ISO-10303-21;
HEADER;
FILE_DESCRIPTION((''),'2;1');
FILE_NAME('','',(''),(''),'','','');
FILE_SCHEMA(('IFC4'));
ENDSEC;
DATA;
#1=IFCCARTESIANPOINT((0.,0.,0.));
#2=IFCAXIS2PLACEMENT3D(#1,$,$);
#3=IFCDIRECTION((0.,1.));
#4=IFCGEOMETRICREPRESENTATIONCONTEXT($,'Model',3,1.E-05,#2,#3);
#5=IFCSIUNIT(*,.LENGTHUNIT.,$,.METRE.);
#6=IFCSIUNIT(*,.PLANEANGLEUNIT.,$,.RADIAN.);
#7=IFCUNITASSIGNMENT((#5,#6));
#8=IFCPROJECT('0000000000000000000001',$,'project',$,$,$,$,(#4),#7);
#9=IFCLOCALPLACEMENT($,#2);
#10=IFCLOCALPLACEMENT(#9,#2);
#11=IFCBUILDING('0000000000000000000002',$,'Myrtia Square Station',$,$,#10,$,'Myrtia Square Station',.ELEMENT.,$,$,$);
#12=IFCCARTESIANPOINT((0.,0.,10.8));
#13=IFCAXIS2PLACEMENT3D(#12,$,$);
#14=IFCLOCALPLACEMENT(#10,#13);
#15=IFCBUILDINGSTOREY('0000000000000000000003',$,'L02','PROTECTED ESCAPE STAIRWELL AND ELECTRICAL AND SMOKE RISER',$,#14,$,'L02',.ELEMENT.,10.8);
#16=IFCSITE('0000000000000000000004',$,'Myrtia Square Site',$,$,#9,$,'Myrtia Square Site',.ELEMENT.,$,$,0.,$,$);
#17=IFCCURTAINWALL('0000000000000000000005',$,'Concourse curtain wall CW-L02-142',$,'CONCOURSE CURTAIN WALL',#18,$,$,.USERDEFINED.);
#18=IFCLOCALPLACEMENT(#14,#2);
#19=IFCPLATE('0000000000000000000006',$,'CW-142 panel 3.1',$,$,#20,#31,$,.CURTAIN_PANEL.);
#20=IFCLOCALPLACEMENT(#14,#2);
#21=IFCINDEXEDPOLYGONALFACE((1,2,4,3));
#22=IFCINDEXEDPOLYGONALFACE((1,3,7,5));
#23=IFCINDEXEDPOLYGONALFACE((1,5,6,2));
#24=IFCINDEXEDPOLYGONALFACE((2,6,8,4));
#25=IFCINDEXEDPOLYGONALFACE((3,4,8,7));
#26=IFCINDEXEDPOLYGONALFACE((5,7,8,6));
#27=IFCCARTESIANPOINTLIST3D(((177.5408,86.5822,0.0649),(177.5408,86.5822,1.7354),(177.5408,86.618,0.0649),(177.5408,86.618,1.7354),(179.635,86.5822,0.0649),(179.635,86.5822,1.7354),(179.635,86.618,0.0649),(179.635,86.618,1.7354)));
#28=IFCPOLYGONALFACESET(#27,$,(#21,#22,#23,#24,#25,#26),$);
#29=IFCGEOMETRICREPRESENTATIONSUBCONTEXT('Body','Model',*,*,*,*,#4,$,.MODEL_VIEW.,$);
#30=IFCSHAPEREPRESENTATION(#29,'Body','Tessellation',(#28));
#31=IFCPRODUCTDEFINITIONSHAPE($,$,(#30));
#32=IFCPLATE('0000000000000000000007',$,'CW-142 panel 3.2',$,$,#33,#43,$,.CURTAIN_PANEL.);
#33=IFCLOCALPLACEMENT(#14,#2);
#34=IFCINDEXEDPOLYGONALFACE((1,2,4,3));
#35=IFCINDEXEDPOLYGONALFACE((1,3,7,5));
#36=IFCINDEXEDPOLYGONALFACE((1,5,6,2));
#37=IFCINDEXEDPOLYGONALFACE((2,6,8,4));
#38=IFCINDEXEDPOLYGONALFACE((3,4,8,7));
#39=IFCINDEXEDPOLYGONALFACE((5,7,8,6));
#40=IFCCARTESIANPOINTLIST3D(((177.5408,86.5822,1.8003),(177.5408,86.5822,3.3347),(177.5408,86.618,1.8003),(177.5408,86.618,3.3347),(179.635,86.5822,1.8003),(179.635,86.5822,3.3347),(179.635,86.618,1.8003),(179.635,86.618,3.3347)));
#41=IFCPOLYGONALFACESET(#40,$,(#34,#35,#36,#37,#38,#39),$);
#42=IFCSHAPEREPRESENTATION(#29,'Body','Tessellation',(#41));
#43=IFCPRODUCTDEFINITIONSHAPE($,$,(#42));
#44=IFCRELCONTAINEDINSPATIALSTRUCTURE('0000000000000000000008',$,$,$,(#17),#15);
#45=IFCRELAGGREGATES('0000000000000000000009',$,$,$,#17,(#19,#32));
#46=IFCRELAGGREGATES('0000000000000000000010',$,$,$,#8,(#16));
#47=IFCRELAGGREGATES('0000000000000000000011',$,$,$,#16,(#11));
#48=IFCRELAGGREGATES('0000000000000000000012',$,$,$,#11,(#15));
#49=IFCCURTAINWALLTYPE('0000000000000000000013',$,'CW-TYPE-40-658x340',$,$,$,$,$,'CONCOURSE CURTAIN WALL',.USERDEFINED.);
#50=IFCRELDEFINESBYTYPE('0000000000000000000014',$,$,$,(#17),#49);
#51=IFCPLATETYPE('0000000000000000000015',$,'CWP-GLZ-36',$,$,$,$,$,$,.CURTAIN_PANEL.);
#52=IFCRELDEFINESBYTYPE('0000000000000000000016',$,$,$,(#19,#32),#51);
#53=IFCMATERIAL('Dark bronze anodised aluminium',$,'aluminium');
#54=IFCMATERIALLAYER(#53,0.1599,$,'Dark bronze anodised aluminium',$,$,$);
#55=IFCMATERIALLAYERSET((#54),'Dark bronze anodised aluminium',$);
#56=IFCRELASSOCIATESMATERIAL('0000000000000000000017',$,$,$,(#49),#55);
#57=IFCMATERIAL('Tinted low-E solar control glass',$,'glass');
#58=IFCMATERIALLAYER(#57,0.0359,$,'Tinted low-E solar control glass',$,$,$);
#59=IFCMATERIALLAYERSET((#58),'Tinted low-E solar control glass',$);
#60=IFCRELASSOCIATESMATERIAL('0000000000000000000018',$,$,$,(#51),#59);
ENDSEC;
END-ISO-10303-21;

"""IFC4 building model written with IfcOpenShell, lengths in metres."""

from ifc_helpers import new_model, si_unit, direction, frame, origin, origin_2d, place, context, subcontext, project, spatial, rectangle, extrude, material, layer, layer_set, type_object, element, aggregate, save


model = new_model("IFC4")

# Units and contexts
model_context = context("Model", 3, precision=1e-05, world=origin(), true_north=direction((0.0, 1.0)))
body_context = subcontext(model_context, "Body", "Model", "MODEL_VIEW")
ifc_project = project(units=[si_unit("LENGTHUNIT", "METRE"), si_unit("PLANEANGLEUNIT", "RADIAN")], contexts=[model_context])

# Site, building, storey
site_placement = place(None, origin())
site = spatial("IfcSite", under=ifc_project, at=site_placement, Name="Myrtia Square Site", LongName="Myrtia Square Site", CompositionType="ELEMENT", RefElevation=0.0)
building_placement = place(site_placement, origin())
building = spatial("IfcBuilding", under=site, at=building_placement, Name="Myrtia Square Station", LongName="Myrtia Square Station", CompositionType="ELEMENT")
storey_placement = place(building_placement, frame((0.0, 0.0, 10.8)))
storey = spatial("IfcBuildingStorey", under=building, at=storey_placement, Name="L02", Description="PROTECTED ESCAPE STAIRWELL AND ELECTRICAL AND SMOKE RISER", LongName="L02", CompositionType="ELEMENT", Elevation=10.8)

# Curtain wall
ifc_material_1 = material(Name="Dark bronze anodised aluminium", Category="aluminium")
ifc_layer_1 = layer(ifc_material_1, 0.1599, Name="Dark bronze anodised aluminium")
ifc_layer_set_1 = layer_set([ifc_layer_1], Name="Dark bronze anodised aluminium")
curtain_wall_type_1 = type_object("IfcCurtainWallType", Name="CW-TYPE-40-658x340", ElementType="CONCOURSE CURTAIN WALL", PredefinedType="USERDEFINED", material=ifc_layer_set_1)
curtain_wall_1_placement = place(storey_placement, origin())
curtain_wall_1 = element("IfcCurtainWall", 1, at=curtain_wall_1_placement, inside=storey, type_object=curtain_wall_type_1, Name="Concourse curtain wall CW-L02-142", ObjectType="CONCOURSE CURTAIN WALL", PredefinedType="USERDEFINED")

# Plates
ifc_material_2 = material(Name="Tinted low-E solar control glass", Category="glass")
ifc_layer_2 = layer(ifc_material_2, 0.0359, Name="Tinted low-E solar control glass")
ifc_layer_set_2 = layer_set([ifc_layer_2], Name="Tinted low-E solar control glass")
plate_type_1 = type_object("IfcPlateType", Name="CWP-GLZ-36", PredefinedType="CURTAIN_PANEL", material=ifc_layer_set_2)
plate_1_placement = place(storey_placement, frame((178.5879, 86.6001, 0.0649), z_axis=(0.0, 0.0, 1.0), x_axis=(1.0, 0.0, 0.0)))
plate_1 = element("IfcPlate", 2, at=plate_1_placement, type_object=plate_type_1, Name="CW-142 panel 3.1", PredefinedType="CURTAIN_PANEL", context=body_context, shape_type="SweptSolid", body=[
    extrude(rectangle(XDim=2.0942, YDim=0.0359, at=origin_2d()), origin(), (0.0, 0.0, 1.0), 1.6704),
])
plate_2_placement = place(storey_placement, frame((178.5879, 86.6001, 1.8003), z_axis=(0.0, 0.0, 1.0), x_axis=(1.0, 0.0, 0.0)))
plate_2 = element("IfcPlate", 3, at=plate_2_placement, type_object=plate_type_1, Name="CW-142 panel 3.2", PredefinedType="CURTAIN_PANEL", context=body_context, shape_type="SweptSolid", body=[
    extrude(rectangle(XDim=2.0942, YDim=0.0359, at=origin_2d()), origin(), (0.0, 0.0, 1.0), 1.5344),
])
aggregate(curtain_wall_1, [plate_1, plate_2])

save(model, "model.ifc")
